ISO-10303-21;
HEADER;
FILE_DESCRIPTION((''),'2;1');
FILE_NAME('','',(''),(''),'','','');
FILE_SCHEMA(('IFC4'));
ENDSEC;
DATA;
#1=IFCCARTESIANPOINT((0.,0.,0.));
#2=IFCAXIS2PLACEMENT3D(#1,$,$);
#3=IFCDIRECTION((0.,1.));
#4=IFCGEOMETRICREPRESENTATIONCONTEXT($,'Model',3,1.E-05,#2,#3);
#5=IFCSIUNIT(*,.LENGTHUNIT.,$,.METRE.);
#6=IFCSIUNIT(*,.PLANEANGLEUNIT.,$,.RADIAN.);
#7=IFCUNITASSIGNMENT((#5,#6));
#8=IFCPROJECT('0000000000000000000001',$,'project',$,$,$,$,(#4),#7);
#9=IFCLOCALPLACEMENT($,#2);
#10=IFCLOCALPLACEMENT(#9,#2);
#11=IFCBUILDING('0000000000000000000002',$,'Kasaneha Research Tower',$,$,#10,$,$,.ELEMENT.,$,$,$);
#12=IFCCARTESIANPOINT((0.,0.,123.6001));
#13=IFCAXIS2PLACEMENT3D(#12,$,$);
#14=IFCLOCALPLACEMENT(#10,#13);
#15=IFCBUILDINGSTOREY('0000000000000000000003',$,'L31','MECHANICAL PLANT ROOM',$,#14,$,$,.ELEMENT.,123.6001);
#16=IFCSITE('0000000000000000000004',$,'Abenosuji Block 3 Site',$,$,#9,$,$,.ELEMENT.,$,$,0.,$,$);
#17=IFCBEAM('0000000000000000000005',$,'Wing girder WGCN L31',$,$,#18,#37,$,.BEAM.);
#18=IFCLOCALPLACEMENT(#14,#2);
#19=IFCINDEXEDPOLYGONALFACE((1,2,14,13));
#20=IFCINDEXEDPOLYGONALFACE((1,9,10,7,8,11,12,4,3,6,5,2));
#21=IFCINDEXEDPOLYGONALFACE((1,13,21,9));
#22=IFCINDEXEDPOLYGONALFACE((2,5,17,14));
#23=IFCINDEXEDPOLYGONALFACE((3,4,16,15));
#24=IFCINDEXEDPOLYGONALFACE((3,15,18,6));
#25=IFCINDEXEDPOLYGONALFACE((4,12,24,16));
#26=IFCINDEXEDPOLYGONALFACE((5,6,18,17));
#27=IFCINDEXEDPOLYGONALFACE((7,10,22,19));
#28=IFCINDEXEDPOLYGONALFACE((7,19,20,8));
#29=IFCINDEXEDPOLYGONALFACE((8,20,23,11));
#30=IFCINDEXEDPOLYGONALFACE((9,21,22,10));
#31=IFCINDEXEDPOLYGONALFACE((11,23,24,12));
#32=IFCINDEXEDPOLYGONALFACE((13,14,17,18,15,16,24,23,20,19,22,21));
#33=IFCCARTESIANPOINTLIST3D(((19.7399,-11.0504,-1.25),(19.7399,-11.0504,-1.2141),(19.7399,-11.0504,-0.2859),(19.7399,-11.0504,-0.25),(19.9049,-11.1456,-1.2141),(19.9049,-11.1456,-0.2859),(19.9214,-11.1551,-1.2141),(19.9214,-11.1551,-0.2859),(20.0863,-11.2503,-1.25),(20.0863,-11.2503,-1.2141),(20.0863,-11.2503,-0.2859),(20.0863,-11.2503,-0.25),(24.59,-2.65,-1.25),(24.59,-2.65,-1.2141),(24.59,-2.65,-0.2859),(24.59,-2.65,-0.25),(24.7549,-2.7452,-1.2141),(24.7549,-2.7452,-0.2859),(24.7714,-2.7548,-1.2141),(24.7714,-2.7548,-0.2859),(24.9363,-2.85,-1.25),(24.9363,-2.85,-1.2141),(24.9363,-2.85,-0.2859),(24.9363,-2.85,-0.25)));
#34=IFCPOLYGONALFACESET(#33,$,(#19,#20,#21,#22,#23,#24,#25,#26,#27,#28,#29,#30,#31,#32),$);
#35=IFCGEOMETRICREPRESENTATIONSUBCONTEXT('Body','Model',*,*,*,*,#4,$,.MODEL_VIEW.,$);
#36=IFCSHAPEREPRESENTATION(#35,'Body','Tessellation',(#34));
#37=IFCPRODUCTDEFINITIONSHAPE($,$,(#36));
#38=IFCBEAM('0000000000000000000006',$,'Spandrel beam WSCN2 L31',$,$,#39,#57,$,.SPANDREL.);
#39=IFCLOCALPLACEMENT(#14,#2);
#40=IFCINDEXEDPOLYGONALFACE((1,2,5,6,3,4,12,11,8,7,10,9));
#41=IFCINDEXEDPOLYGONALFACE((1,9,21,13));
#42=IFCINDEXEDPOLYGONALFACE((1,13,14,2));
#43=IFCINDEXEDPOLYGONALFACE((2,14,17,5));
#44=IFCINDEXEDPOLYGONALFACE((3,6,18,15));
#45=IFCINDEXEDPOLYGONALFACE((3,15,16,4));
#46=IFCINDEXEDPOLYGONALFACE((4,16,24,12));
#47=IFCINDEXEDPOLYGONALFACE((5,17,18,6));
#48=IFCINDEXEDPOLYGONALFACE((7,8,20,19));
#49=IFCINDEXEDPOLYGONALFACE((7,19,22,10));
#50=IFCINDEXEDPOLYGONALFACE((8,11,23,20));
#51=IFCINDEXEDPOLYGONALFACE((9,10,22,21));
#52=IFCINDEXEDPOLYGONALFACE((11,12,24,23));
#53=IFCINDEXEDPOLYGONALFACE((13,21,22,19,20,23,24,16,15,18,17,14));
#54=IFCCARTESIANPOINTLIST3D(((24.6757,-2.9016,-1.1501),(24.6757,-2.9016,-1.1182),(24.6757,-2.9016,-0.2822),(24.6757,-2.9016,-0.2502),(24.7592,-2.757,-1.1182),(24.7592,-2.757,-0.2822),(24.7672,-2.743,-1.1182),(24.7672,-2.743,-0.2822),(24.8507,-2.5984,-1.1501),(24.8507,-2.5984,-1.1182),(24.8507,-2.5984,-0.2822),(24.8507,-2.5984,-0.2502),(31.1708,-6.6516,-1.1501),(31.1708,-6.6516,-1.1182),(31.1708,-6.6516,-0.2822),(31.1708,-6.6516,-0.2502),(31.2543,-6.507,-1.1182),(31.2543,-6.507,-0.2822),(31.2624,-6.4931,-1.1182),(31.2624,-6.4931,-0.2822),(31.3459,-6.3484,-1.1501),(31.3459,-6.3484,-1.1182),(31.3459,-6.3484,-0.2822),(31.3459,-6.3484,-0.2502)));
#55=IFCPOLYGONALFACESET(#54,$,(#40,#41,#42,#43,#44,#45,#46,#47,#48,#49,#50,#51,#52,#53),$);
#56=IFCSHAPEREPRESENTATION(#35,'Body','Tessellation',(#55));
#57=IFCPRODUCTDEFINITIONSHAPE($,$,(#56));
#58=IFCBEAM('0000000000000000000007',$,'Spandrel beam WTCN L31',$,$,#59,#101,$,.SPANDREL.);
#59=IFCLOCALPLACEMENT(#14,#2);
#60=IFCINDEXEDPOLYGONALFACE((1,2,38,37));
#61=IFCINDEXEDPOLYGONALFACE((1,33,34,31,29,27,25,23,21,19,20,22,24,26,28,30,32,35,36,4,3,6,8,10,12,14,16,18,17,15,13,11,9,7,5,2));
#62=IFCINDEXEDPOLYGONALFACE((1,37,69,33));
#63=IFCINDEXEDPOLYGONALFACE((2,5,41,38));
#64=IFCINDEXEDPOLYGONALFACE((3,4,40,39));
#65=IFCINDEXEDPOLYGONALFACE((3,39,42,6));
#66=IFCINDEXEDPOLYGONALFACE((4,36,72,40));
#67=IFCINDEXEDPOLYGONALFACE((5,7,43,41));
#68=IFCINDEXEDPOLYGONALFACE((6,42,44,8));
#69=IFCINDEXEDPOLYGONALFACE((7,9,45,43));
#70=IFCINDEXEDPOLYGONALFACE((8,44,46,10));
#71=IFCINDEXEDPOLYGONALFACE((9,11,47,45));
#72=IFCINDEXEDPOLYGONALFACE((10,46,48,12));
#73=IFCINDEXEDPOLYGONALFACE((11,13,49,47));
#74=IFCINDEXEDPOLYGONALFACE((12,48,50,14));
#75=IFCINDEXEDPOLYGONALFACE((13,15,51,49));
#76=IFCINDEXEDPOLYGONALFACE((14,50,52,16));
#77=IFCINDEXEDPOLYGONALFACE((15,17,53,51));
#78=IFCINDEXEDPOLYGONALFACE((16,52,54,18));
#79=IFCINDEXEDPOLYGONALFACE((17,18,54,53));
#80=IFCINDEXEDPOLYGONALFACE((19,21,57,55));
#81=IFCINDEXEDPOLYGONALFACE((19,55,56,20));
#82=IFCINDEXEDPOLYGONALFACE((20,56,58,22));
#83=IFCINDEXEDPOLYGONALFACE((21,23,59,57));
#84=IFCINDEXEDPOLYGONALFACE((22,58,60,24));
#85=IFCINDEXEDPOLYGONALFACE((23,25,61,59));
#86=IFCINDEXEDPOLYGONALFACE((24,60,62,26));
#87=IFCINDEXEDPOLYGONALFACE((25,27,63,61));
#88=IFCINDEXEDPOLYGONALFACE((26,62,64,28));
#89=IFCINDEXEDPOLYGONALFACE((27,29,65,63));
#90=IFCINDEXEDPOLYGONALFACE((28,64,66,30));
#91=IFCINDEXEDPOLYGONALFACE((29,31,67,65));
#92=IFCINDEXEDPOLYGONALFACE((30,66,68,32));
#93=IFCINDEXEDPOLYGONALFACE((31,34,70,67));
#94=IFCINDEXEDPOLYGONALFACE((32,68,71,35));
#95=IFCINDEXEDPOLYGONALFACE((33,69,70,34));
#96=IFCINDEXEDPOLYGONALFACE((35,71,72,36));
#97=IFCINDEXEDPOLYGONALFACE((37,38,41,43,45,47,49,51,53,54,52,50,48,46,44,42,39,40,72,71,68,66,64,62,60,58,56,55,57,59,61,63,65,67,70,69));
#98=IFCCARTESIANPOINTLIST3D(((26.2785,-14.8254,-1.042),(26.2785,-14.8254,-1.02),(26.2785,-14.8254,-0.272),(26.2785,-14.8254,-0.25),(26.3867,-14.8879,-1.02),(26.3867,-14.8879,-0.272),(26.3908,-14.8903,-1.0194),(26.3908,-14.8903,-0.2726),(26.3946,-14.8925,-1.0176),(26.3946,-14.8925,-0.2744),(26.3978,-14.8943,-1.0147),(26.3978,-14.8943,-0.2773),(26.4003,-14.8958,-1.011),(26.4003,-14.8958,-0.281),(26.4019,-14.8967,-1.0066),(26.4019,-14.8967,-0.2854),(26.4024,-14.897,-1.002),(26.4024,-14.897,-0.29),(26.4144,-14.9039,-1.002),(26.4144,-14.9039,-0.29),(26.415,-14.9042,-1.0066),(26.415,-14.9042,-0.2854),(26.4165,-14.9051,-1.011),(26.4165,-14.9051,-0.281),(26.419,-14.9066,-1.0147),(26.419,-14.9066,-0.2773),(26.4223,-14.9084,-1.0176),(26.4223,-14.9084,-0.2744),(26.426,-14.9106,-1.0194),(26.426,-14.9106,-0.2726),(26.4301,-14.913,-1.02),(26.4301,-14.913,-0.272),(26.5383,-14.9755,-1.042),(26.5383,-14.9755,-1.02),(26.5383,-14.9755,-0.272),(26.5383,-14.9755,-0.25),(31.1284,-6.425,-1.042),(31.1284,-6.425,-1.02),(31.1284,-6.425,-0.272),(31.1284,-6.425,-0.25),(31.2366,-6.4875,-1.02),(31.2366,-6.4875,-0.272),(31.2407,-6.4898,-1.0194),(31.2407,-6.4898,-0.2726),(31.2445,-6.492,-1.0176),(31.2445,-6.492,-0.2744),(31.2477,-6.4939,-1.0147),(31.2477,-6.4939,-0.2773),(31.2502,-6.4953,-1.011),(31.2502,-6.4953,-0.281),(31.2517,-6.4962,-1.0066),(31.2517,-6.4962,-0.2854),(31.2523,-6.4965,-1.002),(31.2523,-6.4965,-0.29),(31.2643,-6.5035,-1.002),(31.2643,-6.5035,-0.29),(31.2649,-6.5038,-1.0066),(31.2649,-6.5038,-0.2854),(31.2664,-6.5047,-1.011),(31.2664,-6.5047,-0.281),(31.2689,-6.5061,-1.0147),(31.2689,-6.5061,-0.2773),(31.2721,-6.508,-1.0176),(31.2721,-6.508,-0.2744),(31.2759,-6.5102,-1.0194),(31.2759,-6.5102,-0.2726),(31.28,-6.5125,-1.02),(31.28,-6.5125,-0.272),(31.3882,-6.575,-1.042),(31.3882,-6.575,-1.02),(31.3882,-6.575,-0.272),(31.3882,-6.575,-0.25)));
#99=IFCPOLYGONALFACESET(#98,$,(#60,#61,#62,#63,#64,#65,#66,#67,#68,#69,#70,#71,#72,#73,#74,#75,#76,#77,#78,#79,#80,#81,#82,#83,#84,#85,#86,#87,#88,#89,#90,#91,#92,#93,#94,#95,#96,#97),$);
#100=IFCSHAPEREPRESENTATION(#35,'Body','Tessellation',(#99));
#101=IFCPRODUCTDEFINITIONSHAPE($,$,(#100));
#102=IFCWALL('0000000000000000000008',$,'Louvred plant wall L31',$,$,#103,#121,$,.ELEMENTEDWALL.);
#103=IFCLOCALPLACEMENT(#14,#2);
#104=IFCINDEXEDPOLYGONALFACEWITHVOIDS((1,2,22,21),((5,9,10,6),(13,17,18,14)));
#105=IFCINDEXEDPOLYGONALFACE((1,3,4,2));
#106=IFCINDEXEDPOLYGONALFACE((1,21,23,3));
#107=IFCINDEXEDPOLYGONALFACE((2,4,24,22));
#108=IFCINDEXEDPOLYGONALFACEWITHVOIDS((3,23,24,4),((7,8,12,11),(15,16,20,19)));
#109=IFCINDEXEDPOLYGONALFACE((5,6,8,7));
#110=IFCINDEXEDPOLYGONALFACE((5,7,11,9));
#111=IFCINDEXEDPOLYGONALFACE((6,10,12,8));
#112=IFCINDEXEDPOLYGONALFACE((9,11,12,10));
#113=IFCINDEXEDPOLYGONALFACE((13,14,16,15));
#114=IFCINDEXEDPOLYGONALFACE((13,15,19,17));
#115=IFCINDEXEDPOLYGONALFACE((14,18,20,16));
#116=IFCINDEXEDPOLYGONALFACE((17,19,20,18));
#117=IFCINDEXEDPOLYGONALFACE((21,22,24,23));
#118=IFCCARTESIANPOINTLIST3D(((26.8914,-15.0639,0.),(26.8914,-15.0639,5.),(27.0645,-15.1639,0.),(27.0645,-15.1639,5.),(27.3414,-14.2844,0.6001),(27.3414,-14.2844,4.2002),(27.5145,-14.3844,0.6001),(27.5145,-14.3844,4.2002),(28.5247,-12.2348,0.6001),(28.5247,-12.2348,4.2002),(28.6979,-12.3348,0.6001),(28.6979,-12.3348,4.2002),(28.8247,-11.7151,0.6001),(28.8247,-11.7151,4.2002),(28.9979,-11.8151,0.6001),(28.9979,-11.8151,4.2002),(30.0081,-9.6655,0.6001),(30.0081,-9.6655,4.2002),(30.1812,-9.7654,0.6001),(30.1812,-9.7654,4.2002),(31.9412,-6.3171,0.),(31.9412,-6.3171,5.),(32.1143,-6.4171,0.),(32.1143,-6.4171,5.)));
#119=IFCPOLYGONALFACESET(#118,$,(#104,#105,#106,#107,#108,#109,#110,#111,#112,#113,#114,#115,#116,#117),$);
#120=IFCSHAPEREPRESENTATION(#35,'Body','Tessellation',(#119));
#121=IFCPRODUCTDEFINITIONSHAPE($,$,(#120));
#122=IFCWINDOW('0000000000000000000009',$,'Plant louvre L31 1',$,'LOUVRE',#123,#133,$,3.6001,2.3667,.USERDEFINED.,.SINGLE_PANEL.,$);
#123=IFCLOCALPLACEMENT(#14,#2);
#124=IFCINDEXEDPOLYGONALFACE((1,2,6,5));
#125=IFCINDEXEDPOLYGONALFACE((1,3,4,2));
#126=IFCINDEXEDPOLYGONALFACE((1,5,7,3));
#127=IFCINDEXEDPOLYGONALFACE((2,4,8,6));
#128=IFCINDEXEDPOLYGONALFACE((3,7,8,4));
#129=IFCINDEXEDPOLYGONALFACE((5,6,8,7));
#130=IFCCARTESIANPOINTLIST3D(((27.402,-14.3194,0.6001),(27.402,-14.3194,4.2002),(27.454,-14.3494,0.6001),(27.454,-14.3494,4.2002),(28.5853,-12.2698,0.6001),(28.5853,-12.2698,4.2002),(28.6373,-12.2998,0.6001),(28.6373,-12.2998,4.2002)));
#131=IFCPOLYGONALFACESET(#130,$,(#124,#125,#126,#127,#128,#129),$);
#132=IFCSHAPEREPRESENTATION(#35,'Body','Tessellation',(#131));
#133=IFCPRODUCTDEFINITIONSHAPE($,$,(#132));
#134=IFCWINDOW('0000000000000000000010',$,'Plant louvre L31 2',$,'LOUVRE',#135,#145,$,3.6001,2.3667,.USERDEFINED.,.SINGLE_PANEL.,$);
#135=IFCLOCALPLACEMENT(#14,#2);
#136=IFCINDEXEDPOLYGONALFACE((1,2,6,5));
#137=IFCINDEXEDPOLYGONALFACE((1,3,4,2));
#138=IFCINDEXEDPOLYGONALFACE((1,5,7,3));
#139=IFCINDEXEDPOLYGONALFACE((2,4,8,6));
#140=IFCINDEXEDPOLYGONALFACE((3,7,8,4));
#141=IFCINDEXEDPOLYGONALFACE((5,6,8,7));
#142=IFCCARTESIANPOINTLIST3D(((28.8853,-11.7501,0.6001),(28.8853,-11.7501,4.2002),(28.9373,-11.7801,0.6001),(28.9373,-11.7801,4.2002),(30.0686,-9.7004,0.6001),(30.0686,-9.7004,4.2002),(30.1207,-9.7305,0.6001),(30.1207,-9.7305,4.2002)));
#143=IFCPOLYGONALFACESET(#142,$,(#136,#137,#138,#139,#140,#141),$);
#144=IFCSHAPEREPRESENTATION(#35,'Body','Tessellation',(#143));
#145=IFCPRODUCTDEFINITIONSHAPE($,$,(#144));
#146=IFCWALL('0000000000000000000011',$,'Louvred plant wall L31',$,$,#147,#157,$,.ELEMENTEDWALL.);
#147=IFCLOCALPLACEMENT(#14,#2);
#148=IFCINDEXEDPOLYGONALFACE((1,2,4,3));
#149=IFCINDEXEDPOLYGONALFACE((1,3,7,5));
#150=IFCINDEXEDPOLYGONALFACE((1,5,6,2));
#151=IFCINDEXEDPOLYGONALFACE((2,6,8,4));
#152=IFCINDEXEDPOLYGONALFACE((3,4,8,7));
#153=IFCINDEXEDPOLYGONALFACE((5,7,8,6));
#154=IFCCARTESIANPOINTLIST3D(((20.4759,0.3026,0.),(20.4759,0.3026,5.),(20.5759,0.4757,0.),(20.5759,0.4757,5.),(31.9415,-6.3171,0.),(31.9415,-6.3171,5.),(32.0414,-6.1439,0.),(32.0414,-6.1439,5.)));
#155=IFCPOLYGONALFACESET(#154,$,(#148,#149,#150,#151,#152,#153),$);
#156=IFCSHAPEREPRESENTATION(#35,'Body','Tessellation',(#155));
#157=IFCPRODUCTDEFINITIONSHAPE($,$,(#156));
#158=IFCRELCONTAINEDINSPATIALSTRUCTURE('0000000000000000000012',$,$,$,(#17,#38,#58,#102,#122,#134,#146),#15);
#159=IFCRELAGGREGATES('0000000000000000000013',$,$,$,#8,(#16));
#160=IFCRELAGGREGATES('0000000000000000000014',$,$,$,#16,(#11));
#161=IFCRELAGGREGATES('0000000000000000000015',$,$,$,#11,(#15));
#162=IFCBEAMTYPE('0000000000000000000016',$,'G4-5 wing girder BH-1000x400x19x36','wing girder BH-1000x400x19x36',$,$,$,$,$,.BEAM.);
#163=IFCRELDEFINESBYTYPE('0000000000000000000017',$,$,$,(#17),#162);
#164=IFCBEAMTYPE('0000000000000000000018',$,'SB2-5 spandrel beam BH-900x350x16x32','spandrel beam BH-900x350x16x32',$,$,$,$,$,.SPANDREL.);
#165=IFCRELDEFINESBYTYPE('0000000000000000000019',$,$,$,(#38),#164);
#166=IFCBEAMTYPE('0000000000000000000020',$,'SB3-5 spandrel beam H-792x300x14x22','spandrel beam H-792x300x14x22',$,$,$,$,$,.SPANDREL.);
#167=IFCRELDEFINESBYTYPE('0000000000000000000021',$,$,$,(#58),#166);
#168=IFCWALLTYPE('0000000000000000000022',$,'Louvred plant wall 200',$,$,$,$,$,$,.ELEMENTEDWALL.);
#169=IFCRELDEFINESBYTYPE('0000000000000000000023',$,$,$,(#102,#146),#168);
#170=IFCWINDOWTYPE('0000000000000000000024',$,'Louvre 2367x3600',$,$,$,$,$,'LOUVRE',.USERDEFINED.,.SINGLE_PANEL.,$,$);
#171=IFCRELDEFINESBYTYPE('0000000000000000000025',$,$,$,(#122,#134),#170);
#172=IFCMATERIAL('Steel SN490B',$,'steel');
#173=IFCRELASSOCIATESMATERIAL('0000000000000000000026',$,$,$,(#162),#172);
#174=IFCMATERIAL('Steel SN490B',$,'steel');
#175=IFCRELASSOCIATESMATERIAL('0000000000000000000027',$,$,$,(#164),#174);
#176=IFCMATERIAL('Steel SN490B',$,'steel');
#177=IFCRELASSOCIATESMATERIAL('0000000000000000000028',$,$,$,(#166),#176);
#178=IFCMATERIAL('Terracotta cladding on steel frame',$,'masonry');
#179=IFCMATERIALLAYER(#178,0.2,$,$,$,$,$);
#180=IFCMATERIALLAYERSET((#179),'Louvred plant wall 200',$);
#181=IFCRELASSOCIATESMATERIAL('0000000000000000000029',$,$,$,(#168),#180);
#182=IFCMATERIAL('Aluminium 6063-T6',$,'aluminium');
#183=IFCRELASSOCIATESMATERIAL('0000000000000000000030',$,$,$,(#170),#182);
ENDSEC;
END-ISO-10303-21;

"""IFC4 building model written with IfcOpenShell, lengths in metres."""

from ifc_helpers import new_model, si_unit, direction, frame, frame_2d, origin, origin_2d, place, context, subcontext, project, spatial, rectangle, i_section, extrude, material, layer, layer_set, material_profile, profile_set, type_object, element, fill, save


model = new_model("IFC4")

# Units and contexts
model_context = context("Model", 3, precision=1e-05, world=origin(), true_north=direction((0.0, 1.0)))
body_context = subcontext(model_context, "Body", "Model", "MODEL_VIEW")
ifc_project = project(units=[si_unit("LENGTHUNIT", "METRE"), si_unit("PLANEANGLEUNIT", "RADIAN")], contexts=[model_context])

# Site, building, storey
site_placement = place(None, origin())
site = spatial("IfcSite", under=ifc_project, at=site_placement, Name="Abenosuji Block 3 Site", CompositionType="ELEMENT", RefElevation=0.0)
building_placement = place(site_placement, origin())
building = spatial("IfcBuilding", under=site, at=building_placement, Name="Kasaneha Research Tower", CompositionType="ELEMENT")
storey_placement = place(building_placement, frame((0.0, 0.0, 123.6001)))
storey = spatial("IfcBuildingStorey", under=building, at=storey_placement, Name="L31", Description="MECHANICAL PLANT ROOM", CompositionType="ELEMENT", Elevation=123.6001)

# Beams
ifc_material_1 = material(Name="Steel SN490B", Category="steel")
ifc_material_profile_1 = material_profile(ifc_material_1, i_section(OverallWidth=0.3999, OverallDepth=1.0, WebThickness=0.019, FlangeThickness=0.0359, at=origin_2d()), Name="BH-1000x400x19x36")
ifc_profile_set_1 = profile_set([ifc_material_profile_1], Name="Steel SN490B")
beam_type_1 = type_object("IfcBeamType", Name="G4-5 wing girder BH-1000x400x19x36", Description="wing girder BH-1000x400x19x36", PredefinedType="BEAM", material=ifc_profile_set_1)
beam_1_placement = place(storey_placement, frame((24.7632, -2.75, -0.75), z_axis=(-0.50001, -0.86602, 0.0), x_axis=(0.86602, -0.50001, 0.0)))
element("IfcBeam", 1, at=beam_1_placement, inside=storey, type_object=beam_type_1, Name="Wing girder WGCN L31", PredefinedType="BEAM", context=body_context, shape_type="SweptSolid", body=[
    extrude(i_section(OverallWidth=0.3999, OverallDepth=1.0, WebThickness=0.019, FlangeThickness=0.0359, at=origin_2d()), origin(), (0.0, 0.0, 1.0), 9.7),
])
ifc_material_2 = material(Name="Steel SN490B", Category="steel")
ifc_material_profile_2 = material_profile(ifc_material_2, i_section(OverallWidth=0.3501, OverallDepth=0.8999, WebThickness=0.0161, FlangeThickness=0.032, at=origin_2d()), Name="BH-900x350x16x32")
ifc_profile_set_2 = profile_set([ifc_material_profile_2], Name="Steel SN490B")
beam_type_2 = type_object("IfcBeamType", Name="SB2-5 spandrel beam BH-900x350x16x32", Description="spandrel beam BH-900x350x16x32", PredefinedType="SPANDREL", material=ifc_profile_set_2)
beam_2_placement = place(storey_placement, frame((24.7632, -2.75, -0.7002), z_axis=(0.866023, -0.500004, 0.0), x_axis=(0.500004, 0.866023, 0.0)))
element("IfcBeam", 2, at=beam_2_placement, inside=storey, type_object=beam_type_2, Name="Spandrel beam WSCN2 L31", PredefinedType="SPANDREL", context=body_context, shape_type="SweptSolid", body=[
    extrude(i_section(OverallWidth=0.3501, OverallDepth=0.8999, WebThickness=0.0161, FlangeThickness=0.032, at=origin_2d()), origin(), (0.0, 0.0, 1.0), 7.5),
])
ifc_material_3 = material(Name="Steel SN490B", Category="steel")
ifc_material_profile_3 = material_profile(ifc_material_3, i_section(OverallWidth=0.3, OverallDepth=0.792, WebThickness=0.0139, FlangeThickness=0.022, FilletRadius=0.0181, at=origin_2d()), Name="H-792x300x14x22")
ifc_profile_set_3 = profile_set([ifc_material_profile_3], Name="Steel SN490B")
beam_type_3 = type_object("IfcBeamType", Name="SB3-5 spandrel beam H-792x300x14x22", Description="spandrel beam H-792x300x14x22", PredefinedType="SPANDREL", material=ifc_profile_set_3)
beam_3_placement = place(storey_placement, frame((31.2583, -6.5, -0.646), z_axis=(-0.499991, -0.866031, 0.0), x_axis=(0.866031, -0.499991, 0.0)))
element("IfcBeam", 3, at=beam_3_placement, inside=storey, type_object=beam_type_3, Name="Spandrel beam WTCN L31", PredefinedType="SPANDREL", context=body_context, shape_type="SweptSolid", body=[
    extrude(i_section(OverallWidth=0.3, OverallDepth=0.792, WebThickness=0.0139, FlangeThickness=0.022, FilletRadius=0.0181, at=origin_2d()), origin(), (0.0, 0.0, 1.0), 9.7),
])

# Wall, openings, windows
ifc_material_4 = material(Name="Terracotta cladding on steel frame", Category="masonry")
ifc_layer_1 = layer(ifc_material_4, 0.2)
ifc_layer_set_1 = layer_set([ifc_layer_1], Name="Louvred plant wall 200")
wall_type_1 = type_object("IfcWallType", Name="Louvred plant wall 200", PredefinedType="ELEMENTEDWALL", material=ifc_layer_set_1)
wall_1_placement = place(storey_placement, frame((26.978, -15.1138, 0.0), z_axis=(0.0, 0.0, 1.0), x_axis=(0.499987, 0.866033, 0.0)))
wall_1 = element("IfcWall", 4, at=wall_1_placement, inside=storey, type_object=wall_type_1, Name="Louvred plant wall L31", PredefinedType="ELEMENTEDWALL", context=body_context, shape_type="SweptSolid", body=[
    extrude(rectangle(XDim=10.0999, YDim=0.2, at=frame_2d((5.0498, 0.0))), origin(), (0.0, 0.0, 1.0), 5.0),
])
opening_1_placement = place(wall_1_placement, frame((0.8999, 0.0, 0.6001)))
opening_1 = element("IfcOpeningElement", 5, at=opening_1_placement, cuts=wall_1, PredefinedType="OPENING", context=body_context, shape_type="SweptSolid", body=[
    extrude(rectangle(XDim=2.3667, YDim=3.6001, at=frame_2d((1.1833, 1.8))), frame((0.0, 0.1099, 0.0), z_axis=(0.0, -1.0, 0.0), x_axis=(1.0, 0.0, 0.0)), (0.0, 0.0, 1.0), 0.22),
])
opening_2_placement = place(wall_1_placement, frame((3.8667, 0.0, 0.6001)))
opening_2 = element("IfcOpeningElement", 6, at=opening_2_placement, cuts=wall_1, PredefinedType="OPENING", context=body_context, shape_type="SweptSolid", body=[
    extrude(rectangle(XDim=2.3667, YDim=3.6001, at=frame_2d((1.1833, 1.8))), frame((0.0, 0.1099, 0.0), z_axis=(0.0, -1.0, 0.0), x_axis=(1.0, 0.0, 0.0)), (0.0, 0.0, 1.0), 0.22),
])
ifc_material_5 = material(Name="Aluminium 6063-T6", Category="aluminium")
window_type = type_object("IfcWindowType", Name="Louvre 2367x3600", ElementType="LOUVRE", PartitioningType="SINGLE_PANEL", PredefinedType="USERDEFINED", material=ifc_material_5)
window_1_placement = place(opening_1_placement, origin())
window_1 = element("IfcWindow", 7, at=window_1_placement, inside=storey, type_object=window_type, Name="Plant louvre L31 1", ObjectType="LOUVRE", OverallHeight=3.6001, OverallWidth=2.3667, PartitioningType="SINGLE_PANEL", PredefinedType="USERDEFINED", context=body_context, shape_type="SweptSolid", body=[
    extrude(rectangle(XDim=2.3667, YDim=3.6001, at=frame_2d((1.1833, 1.8))), frame((0.0, 0.03, 0.0), z_axis=(0.0, -1.0, 0.0), x_axis=(1.0, 0.0, 0.0)), (0.0, 0.0, 1.0), 0.0601),
])
fill(opening_1, window_1)
window_2_placement = place(opening_2_placement, origin())
window_2 = element("IfcWindow", 8, at=window_2_placement, inside=storey, type_object=window_type, Name="Plant louvre L31 2", ObjectType="LOUVRE", OverallHeight=3.6001, OverallWidth=2.3667, PartitioningType="SINGLE_PANEL", PredefinedType="USERDEFINED", context=body_context, shape_type="SweptSolid", body=[
    extrude(rectangle(XDim=2.3667, YDim=3.6001, at=frame_2d((1.1833, 1.8))), frame((0.0, 0.03, 0.0), z_axis=(0.0, -1.0, 0.0), x_axis=(1.0, 0.0, 0.0)), (0.0, 0.0, 1.0), 0.0601),
])
fill(opening_2, window_2)

# Wall
wall_2_placement = place(storey_placement, frame((31.9915, -6.2305, 0.0), z_axis=(0.0, 0.0, 1.0), x_axis=(-0.866026, 0.499999, 0.0)))
element("IfcWall", 9, at=wall_2_placement, inside=storey, type_object=wall_type_1, Name="Louvred plant wall L31", PredefinedType="ELEMENTEDWALL", context=body_context, shape_type="SweptSolid", body=[
    extrude(rectangle(XDim=13.2393, YDim=0.2, at=frame_2d((6.6196, 0.0))), origin(), (0.0, 0.0, 1.0), 5.0),
])

save(model, "model.ifc")
